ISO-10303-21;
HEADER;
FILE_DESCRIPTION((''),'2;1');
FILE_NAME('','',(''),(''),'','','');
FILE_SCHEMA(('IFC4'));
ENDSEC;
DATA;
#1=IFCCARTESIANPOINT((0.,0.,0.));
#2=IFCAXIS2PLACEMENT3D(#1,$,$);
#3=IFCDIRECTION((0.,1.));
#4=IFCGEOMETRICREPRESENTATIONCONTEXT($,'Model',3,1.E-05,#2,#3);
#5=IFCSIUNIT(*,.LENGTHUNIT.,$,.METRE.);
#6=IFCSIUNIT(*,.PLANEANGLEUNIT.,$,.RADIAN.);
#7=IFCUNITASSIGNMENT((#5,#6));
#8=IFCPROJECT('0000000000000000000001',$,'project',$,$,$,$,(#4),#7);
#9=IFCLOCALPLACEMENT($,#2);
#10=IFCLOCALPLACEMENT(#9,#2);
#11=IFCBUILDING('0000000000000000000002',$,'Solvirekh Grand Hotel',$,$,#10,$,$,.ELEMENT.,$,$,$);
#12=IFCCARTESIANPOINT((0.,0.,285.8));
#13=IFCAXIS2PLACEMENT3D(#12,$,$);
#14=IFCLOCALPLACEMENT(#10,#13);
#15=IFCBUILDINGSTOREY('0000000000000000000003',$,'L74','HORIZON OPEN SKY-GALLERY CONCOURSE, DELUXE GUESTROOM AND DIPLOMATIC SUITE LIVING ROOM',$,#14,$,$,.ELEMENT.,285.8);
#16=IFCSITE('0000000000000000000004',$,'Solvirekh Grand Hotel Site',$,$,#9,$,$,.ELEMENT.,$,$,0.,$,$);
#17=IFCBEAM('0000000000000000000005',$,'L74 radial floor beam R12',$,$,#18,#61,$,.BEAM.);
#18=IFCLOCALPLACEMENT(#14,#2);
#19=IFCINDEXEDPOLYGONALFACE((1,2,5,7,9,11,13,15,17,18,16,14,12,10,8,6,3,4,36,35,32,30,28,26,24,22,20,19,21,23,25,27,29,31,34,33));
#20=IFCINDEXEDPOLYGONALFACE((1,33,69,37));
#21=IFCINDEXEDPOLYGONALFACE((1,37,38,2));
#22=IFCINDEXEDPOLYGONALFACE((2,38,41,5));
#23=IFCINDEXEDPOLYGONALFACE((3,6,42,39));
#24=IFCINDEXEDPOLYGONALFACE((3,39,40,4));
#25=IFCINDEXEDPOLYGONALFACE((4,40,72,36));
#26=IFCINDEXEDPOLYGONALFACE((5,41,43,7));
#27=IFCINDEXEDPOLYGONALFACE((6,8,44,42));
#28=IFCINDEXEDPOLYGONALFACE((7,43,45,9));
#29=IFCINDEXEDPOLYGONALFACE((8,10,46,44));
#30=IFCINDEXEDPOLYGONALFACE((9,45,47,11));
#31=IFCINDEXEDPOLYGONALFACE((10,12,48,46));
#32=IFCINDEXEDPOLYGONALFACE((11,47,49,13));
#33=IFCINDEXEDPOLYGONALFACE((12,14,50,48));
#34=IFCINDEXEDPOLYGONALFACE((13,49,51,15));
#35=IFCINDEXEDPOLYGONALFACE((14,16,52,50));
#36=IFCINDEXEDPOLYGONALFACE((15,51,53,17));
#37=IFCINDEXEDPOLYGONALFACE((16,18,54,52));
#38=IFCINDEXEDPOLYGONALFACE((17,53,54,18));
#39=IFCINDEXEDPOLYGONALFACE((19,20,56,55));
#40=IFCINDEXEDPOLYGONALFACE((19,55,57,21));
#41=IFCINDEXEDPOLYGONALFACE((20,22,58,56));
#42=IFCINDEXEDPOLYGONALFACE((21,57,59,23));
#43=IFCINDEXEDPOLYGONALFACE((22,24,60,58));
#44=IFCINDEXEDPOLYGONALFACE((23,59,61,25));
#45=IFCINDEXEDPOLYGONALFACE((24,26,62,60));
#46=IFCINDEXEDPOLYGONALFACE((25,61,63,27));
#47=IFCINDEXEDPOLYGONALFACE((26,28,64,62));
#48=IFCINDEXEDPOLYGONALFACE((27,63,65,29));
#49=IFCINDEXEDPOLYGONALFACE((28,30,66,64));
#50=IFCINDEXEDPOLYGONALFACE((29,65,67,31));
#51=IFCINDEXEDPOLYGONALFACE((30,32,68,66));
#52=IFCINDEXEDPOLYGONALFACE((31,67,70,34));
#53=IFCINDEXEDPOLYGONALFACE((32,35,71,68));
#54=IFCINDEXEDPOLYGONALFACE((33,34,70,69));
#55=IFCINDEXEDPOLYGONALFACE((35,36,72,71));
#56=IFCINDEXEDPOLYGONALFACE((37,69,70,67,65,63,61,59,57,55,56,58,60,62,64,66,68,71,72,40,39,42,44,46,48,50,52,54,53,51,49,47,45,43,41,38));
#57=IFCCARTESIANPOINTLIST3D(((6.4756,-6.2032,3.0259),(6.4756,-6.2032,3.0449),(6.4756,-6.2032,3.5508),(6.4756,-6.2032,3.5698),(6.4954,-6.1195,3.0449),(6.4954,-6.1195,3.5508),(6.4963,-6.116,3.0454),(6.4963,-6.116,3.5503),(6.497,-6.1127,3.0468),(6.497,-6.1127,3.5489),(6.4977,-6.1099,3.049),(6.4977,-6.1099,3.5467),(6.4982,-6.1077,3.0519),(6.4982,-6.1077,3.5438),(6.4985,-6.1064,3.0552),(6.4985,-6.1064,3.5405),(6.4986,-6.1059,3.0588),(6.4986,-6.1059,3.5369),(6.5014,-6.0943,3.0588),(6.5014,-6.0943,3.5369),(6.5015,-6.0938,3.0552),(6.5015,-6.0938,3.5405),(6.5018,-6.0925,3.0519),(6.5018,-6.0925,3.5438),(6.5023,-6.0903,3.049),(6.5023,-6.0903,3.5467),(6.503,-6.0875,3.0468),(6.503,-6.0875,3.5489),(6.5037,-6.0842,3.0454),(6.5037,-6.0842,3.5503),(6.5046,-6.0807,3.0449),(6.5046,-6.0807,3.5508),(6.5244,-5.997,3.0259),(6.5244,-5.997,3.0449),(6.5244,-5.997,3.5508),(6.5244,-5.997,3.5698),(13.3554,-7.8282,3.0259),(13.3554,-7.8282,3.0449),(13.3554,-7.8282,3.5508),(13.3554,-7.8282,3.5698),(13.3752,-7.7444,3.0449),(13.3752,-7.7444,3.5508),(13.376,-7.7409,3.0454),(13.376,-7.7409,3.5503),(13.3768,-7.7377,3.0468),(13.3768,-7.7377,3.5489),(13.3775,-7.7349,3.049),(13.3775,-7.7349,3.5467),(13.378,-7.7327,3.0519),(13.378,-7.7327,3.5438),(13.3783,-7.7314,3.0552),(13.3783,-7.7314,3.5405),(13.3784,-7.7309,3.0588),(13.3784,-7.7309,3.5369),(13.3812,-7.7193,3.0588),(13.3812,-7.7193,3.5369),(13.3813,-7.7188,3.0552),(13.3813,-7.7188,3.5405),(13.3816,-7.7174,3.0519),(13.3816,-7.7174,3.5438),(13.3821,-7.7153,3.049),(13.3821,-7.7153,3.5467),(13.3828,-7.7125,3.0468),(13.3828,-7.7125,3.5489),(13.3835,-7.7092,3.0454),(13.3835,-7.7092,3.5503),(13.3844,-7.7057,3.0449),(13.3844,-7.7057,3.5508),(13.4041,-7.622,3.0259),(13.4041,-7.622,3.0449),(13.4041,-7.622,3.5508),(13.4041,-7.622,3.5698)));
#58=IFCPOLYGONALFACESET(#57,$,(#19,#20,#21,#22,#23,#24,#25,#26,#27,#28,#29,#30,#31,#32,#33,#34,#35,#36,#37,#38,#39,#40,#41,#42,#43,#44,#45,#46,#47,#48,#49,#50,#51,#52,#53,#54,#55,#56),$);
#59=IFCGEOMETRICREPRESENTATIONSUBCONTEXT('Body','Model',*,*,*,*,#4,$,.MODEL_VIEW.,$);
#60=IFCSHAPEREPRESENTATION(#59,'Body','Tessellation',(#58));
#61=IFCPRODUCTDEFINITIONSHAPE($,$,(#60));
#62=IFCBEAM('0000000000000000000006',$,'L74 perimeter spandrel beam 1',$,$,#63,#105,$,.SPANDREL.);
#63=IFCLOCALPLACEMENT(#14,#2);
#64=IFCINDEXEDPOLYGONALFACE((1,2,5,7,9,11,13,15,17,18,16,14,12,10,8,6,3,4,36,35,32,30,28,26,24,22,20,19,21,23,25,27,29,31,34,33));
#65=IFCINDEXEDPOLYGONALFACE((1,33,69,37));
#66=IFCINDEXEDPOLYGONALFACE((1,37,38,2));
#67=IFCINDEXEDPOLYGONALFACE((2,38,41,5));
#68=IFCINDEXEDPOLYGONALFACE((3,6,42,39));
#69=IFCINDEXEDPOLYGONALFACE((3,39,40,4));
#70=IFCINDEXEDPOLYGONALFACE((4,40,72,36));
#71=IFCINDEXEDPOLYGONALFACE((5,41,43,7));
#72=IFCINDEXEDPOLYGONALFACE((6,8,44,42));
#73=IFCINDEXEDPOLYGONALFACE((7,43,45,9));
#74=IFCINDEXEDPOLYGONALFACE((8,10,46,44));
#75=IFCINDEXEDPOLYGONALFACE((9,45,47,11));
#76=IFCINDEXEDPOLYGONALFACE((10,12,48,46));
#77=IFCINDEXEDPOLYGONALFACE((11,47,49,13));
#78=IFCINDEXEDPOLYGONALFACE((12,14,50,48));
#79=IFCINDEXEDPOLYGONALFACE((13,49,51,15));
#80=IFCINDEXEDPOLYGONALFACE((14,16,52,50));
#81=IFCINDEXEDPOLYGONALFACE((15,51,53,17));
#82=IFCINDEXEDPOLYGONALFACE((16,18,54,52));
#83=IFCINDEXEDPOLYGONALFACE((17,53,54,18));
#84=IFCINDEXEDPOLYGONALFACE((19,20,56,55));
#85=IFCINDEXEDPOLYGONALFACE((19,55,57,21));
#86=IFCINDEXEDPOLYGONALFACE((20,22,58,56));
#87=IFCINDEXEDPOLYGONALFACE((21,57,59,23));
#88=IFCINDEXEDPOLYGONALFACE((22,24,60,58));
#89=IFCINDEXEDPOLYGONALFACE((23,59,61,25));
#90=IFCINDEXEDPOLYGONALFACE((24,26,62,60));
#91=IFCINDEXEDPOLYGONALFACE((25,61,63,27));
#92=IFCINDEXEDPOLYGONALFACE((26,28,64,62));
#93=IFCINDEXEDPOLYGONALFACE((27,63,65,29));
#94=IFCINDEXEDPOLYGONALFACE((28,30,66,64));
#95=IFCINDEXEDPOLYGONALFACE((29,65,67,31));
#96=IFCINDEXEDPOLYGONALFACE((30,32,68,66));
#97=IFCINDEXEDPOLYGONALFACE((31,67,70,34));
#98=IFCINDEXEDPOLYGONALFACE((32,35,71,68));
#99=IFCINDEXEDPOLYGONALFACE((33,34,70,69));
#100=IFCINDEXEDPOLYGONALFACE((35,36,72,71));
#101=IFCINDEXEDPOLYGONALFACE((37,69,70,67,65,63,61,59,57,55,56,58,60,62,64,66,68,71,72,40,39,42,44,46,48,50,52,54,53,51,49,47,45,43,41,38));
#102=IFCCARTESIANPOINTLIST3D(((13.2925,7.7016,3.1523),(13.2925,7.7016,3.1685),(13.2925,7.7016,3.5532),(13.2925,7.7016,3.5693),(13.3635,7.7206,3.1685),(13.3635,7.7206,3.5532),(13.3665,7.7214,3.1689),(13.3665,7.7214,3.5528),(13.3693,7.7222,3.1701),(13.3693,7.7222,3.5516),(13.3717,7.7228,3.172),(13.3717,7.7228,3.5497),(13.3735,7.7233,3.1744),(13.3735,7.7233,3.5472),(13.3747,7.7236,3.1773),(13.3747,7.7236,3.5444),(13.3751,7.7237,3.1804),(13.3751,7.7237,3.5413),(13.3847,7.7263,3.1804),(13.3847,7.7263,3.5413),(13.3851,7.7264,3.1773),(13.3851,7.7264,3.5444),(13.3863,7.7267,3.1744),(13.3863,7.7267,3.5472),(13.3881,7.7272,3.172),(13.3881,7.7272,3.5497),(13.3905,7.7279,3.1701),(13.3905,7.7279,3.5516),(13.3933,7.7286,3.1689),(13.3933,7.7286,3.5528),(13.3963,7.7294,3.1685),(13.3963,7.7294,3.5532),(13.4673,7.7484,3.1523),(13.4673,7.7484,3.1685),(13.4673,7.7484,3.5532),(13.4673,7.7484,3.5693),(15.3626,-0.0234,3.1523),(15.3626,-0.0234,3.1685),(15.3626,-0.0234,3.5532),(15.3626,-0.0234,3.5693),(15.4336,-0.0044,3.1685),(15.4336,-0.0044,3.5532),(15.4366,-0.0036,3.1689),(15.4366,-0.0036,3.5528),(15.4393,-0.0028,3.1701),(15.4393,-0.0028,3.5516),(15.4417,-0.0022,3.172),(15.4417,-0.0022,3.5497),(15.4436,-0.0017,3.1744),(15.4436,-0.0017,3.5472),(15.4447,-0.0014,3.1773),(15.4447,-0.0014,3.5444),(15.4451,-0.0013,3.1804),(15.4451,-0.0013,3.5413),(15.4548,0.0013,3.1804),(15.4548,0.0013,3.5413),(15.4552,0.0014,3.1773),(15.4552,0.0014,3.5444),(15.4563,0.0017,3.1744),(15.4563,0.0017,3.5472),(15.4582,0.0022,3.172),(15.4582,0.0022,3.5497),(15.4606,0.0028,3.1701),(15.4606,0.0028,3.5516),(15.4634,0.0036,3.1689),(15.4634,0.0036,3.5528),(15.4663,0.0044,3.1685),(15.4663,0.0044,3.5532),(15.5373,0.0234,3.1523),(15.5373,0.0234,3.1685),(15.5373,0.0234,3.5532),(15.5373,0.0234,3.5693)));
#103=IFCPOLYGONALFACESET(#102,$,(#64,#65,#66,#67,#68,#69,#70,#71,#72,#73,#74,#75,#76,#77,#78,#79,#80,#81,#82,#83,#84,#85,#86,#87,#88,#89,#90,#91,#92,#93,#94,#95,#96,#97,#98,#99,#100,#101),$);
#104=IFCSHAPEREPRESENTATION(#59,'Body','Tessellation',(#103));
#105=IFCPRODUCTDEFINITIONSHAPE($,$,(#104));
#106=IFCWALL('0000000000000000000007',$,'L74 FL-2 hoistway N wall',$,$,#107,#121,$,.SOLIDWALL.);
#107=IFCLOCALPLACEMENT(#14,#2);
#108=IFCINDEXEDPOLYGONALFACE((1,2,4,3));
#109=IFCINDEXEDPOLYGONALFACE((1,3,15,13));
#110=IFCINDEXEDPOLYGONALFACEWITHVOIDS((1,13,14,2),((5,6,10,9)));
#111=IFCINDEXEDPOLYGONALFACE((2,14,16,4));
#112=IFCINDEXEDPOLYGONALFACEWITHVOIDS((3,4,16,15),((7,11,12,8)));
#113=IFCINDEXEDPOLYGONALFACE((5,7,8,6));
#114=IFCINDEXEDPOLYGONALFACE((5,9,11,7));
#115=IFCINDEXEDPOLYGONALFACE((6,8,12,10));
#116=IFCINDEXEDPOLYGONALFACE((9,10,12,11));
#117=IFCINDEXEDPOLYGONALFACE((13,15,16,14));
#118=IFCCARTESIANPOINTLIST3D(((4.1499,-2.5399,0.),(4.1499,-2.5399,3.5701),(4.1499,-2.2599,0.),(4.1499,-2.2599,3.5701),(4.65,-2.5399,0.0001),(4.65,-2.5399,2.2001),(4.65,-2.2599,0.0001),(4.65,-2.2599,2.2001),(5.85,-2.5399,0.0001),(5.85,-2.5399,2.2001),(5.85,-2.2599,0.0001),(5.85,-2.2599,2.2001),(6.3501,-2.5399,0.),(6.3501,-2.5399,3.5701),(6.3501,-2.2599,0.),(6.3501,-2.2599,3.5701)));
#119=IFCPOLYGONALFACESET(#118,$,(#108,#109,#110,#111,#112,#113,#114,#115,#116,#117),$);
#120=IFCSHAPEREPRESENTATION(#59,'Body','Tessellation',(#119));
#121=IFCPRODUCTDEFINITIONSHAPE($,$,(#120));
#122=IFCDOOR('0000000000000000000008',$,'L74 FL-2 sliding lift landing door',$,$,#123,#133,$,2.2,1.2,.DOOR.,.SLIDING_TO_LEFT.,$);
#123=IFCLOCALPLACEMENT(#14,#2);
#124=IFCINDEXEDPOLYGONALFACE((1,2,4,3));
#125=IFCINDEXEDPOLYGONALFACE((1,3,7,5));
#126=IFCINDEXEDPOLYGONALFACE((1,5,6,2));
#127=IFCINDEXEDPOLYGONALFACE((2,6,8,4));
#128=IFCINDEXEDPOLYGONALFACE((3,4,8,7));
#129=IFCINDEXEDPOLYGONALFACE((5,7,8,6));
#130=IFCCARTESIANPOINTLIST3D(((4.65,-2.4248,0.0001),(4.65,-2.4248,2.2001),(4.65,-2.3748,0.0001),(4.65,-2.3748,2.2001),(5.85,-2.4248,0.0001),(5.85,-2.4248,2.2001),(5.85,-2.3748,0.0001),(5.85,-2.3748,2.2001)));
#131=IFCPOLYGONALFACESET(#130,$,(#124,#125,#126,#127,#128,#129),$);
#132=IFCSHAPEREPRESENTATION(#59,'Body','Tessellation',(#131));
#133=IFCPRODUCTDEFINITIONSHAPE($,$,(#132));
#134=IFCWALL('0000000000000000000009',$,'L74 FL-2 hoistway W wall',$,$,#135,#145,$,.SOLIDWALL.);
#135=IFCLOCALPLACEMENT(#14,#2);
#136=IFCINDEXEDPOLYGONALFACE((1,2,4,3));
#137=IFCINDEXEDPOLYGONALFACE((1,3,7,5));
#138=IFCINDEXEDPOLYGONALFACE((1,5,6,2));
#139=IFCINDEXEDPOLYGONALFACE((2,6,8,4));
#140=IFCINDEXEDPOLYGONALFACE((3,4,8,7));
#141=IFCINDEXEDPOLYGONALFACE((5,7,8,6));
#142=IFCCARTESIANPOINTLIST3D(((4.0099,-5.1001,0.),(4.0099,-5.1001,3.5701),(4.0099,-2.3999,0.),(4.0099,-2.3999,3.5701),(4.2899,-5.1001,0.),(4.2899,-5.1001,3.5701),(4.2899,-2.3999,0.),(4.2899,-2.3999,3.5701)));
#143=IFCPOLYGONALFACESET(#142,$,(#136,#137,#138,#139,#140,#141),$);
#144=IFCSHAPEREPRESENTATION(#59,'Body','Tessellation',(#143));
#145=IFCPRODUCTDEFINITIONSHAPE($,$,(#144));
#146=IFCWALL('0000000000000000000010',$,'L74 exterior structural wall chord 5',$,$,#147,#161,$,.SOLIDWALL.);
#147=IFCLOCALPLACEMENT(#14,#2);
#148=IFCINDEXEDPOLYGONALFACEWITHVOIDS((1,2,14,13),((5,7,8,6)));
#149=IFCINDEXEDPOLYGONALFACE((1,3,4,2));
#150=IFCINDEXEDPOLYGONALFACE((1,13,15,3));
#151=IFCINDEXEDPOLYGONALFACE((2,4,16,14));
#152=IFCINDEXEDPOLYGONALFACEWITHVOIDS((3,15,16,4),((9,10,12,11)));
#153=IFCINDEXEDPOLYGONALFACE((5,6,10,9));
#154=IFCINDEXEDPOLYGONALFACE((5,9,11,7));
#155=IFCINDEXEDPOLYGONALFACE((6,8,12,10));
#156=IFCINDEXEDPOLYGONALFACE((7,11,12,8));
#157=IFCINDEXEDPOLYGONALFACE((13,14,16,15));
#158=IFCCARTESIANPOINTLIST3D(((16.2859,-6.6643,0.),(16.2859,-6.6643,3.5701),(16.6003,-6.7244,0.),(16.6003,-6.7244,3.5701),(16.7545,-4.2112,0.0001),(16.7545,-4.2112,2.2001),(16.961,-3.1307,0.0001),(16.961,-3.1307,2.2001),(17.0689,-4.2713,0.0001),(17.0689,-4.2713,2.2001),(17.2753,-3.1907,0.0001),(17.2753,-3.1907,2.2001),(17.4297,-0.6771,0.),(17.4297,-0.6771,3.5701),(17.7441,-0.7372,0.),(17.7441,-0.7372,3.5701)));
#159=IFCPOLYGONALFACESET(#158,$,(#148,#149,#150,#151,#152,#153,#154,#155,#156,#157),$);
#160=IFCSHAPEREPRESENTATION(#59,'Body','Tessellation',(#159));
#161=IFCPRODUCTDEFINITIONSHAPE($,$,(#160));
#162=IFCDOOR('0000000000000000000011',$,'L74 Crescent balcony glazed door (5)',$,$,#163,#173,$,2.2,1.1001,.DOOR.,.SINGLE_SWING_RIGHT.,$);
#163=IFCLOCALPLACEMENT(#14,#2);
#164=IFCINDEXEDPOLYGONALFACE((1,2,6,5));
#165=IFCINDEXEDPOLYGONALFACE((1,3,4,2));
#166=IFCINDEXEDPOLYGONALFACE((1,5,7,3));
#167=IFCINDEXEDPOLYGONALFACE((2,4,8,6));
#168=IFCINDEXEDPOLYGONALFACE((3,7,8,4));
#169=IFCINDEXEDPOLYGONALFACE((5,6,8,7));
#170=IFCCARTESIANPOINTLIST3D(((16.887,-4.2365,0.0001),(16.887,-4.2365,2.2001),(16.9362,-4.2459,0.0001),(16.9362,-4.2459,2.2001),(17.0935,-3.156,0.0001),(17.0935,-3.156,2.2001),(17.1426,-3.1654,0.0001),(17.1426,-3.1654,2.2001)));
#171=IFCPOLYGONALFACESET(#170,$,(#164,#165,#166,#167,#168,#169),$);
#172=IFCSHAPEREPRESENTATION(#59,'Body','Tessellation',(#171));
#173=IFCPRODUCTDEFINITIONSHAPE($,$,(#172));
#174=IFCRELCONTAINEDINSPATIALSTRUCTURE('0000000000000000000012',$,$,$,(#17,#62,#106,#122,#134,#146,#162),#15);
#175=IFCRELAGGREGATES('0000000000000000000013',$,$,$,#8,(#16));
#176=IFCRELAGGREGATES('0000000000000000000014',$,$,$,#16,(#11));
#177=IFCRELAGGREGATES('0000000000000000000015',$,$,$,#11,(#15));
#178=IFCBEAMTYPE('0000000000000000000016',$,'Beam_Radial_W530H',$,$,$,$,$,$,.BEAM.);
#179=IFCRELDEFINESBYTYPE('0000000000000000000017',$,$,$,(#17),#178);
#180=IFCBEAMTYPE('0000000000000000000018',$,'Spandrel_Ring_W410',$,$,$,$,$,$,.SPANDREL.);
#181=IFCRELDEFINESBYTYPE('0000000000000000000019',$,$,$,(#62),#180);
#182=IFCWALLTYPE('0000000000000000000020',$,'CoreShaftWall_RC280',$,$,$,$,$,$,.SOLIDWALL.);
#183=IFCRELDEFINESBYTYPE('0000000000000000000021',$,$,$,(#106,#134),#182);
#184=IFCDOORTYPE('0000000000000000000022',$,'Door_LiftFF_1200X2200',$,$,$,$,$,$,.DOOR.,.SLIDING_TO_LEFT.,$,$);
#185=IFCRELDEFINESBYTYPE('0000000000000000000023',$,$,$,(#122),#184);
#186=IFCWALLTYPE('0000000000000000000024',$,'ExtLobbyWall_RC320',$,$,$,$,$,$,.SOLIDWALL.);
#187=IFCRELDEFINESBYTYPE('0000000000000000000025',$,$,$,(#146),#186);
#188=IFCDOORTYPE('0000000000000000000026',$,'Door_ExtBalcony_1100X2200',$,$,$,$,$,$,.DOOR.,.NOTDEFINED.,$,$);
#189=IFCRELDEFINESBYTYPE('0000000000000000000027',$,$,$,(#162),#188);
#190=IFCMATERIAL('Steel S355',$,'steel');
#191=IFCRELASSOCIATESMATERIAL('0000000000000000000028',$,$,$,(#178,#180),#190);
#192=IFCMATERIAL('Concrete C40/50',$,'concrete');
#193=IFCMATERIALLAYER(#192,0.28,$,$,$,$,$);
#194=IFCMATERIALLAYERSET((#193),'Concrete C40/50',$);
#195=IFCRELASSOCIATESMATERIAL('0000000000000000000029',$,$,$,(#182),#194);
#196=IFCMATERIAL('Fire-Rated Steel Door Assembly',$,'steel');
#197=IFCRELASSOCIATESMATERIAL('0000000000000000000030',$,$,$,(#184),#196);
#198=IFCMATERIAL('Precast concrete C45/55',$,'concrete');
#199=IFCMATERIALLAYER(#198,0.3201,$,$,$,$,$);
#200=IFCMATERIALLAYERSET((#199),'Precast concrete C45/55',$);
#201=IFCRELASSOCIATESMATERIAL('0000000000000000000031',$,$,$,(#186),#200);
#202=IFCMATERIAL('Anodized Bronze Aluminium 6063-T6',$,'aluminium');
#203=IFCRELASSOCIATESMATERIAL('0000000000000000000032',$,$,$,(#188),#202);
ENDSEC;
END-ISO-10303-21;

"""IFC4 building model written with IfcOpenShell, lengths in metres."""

from ifc_helpers import new_model, si_unit, direction, frame, frame_2d, origin, origin_2d, place, context, subcontext, project, spatial, rectangle, i_section, extrude, material, layer, layer_set, material_profile, profile_set, type_object, element, fill, save


model = new_model("IFC4")

# Units and contexts
model_context = context("Model", 3, precision=1e-05, world=origin(), true_north=direction((0.0, 1.0)))
body_context = subcontext(model_context, "Body", "Model", "MODEL_VIEW")
ifc_project = project(units=[si_unit("LENGTHUNIT", "METRE"), si_unit("PLANEANGLEUNIT", "RADIAN")], contexts=[model_context])

# Site, building, storey
site_placement = place(None, origin())
site = spatial("IfcSite", under=ifc_project, at=site_placement, Name="Solvirekh Grand Hotel Site", CompositionType="ELEMENT", RefElevation=0.0)
building_placement = place(site_placement, origin())
building = spatial("IfcBuilding", under=site, at=building_placement, Name="Solvirekh Grand Hotel", CompositionType="ELEMENT")
storey_placement = place(building_placement, frame((0.0, 0.0, 285.8)))
storey = spatial("IfcBuildingStorey", under=building, at=storey_placement, Name="L74", Description="HORIZON OPEN SKY-GALLERY CONCOURSE, DELUXE GUESTROOM AND DIPLOMATIC SUITE LIVING ROOM", CompositionType="ELEMENT", Elevation=285.8)

# Beams
ifc_material_1 = material(Name="Steel S355", Category="steel")
ifc_material_profile_1 = material_profile(ifc_material_1, i_section(OverallWidth=0.2119, OverallDepth=0.5439, WebThickness=0.012, FlangeThickness=0.019, FilletRadius=0.0139, at=origin_2d()), Name="W530X123")
ifc_profile_set_1 = profile_set([ifc_material_profile_1], Name="Steel S355")
beam_type_1 = type_object("IfcBeamType", Name="Beam_Radial_W530H", PredefinedType="BEAM", material=ifc_profile_set_1)
beam_1_placement = place(storey_placement, frame((6.5, -6.1001, 3.2979), z_axis=(0.973221, -0.229871, 0.0), x_axis=(0.229871, 0.973221, 0.0)))
element("IfcBeam", 1, at=beam_1_placement, inside=storey, type_object=beam_type_1, Name="L74 radial floor beam R12", PredefinedType="BEAM", context=body_context, shape_type="SweptSolid", body=[
    extrude(i_section(OverallWidth=0.2119, OverallDepth=0.5439, WebThickness=0.012, FlangeThickness=0.019, FilletRadius=0.0139, at=origin_2d()), origin(), (0.0, 0.0, 1.0), 7.0691),
])
ifc_material_profile_2 = material_profile(ifc_material_1, i_section(OverallWidth=0.1809, OverallDepth=0.417, WebThickness=0.01, FlangeThickness=0.0161, FilletRadius=0.012, at=origin_2d()), Name="W410X85")
ifc_profile_set_2 = profile_set([ifc_material_profile_2], Name="Steel S355")
beam_type_2 = type_object("IfcBeamType", Name="Spandrel_Ring_W410", PredefinedType="SPANDREL", material=ifc_profile_set_2)
beam_2_placement = place(storey_placement, frame((15.45, 0.0, 3.3608), z_axis=(-0.258835, 0.965922, 0.0), x_axis=(-0.965922, -0.258835, 0.0)))
element("IfcBeam", 2, at=beam_2_placement, inside=storey, type_object=beam_type_2, Name="L74 perimeter spandrel beam 1", PredefinedType="SPANDREL", context=body_context, shape_type="SweptSolid", body=[
    extrude(i_section(OverallWidth=0.1809, OverallDepth=0.417, WebThickness=0.01, FlangeThickness=0.0161, FilletRadius=0.012, at=origin_2d()), origin(), (0.0, 0.0, 1.0), 7.9976),
])

# Wall, opening, door
ifc_material_2 = material(Name="Concrete C40/50", Category="concrete")
ifc_layer_1 = layer(ifc_material_2, 0.28)
ifc_layer_set_1 = layer_set([ifc_layer_1], Name="Concrete C40/50")
wall_type_1 = type_object("IfcWallType", Name="CoreShaftWall_RC280", PredefinedType="SOLIDWALL", material=ifc_layer_set_1)
wall_1_placement = place(storey_placement, frame((6.3501, -2.3999, 0.0), z_axis=(0.0, 0.0, 1.0), x_axis=(-1.0, 0.0, 0.0)))
wall_1 = element("IfcWall", 3, at=wall_1_placement, inside=storey, type_object=wall_type_1, Name="L74 FL-2 hoistway N wall", PredefinedType="SOLIDWALL", context=body_context, shape_type="SweptSolid", body=[
    extrude(rectangle(XDim=2.2002, YDim=0.28, at=frame_2d((1.1001, 0.0))), origin(), (0.0, 0.0, 1.0), 3.5701),
])
opening_1_placement = place(wall_1_placement, frame((0.5, 0.0, 0.0)))
opening_1 = element("IfcOpeningElement", 4, at=opening_1_placement, cuts=wall_1, PredefinedType="OPENING", context=body_context, shape_type="SweptSolid", body=[
    extrude(rectangle(XDim=1.2, YDim=2.2, at=frame_2d((0.6001, 1.1001))), frame((0.0, 0.1499, 0.0), z_axis=(0.0, -1.0, 0.0), x_axis=(1.0, 0.0, 0.0)), (0.0, 0.0, 1.0), 0.3),
])
ifc_material_3 = material(Name="Fire-Rated Steel Door Assembly", Category="steel")
door_type_1 = type_object("IfcDoorType", Name="Door_LiftFF_1200X2200", OperationType="SLIDING_TO_LEFT", PredefinedType="DOOR", material=ifc_material_3)
door_1_placement = place(opening_1_placement, origin())
door_1 = element("IfcDoor", 5, at=door_1_placement, inside=storey, type_object=door_type_1, Name="L74 FL-2 sliding lift landing door", OperationType="SLIDING_TO_LEFT", OverallHeight=2.2, OverallWidth=1.2, PredefinedType="DOOR", context=body_context, shape_type="SweptSolid", body=[
    extrude(rectangle(XDim=1.2, YDim=2.2, at=frame_2d((0.6001, 1.1001))), frame((0.0, 0.0249, 0.0), z_axis=(0.0, -1.0, 0.0), x_axis=(1.0, 0.0, 0.0)), (0.0, 0.0, 1.0), 0.05),
])
fill(opening_1, door_1)

# Wall
wall_2_placement = place(storey_placement, frame((4.1499, -2.3999, 0.0), z_axis=(0.0, 0.0, 1.0), x_axis=(0.0, -1.0, 0.0)))
element("IfcWall", 6, at=wall_2_placement, inside=storey, type_object=wall_type_1, Name="L74 FL-2 hoistway W wall", PredefinedType="SOLIDWALL", context=body_context, shape_type="SweptSolid", body=[
    extrude(rectangle(XDim=2.7002, YDim=0.28, at=frame_2d((1.3501, 0.0))), origin(), (0.0, 0.0, 1.0), 3.5701),
])

# Wall, opening, door
ifc_material_4 = material(Name="Precast concrete C45/55", Category="concrete")
ifc_layer_2 = layer(ifc_material_4, 0.3201)
ifc_layer_set_2 = layer_set([ifc_layer_2], Name="Precast concrete C45/55")
wall_type_2 = type_object("IfcWallType", Name="ExtLobbyWall_RC320", PredefinedType="SOLIDWALL", material=ifc_layer_set_2)
wall_3_placement = place(storey_placement, frame((17.5869, -0.707, 0.0), z_axis=(0.0, 0.0, 1.0), x_axis=(-0.187651, -0.982236, 0.0)))
wall_3 = element("IfcWall", 7, at=wall_3_placement, inside=storey, type_object=wall_type_2, Name="L74 exterior structural wall chord 5", PredefinedType="SOLIDWALL", context=body_context, shape_type="SweptSolid", body=[
    extrude(rectangle(XDim=6.0955, YDim=0.3201, at=frame_2d((3.0479, 0.0))), origin(), (0.0, 0.0, 1.0), 3.5701),
])
opening_2_placement = place(wall_3_placement, frame((2.498, 0.0, 0.0)))
opening_2 = element("IfcOpeningElement", 8, at=opening_2_placement, cuts=wall_3, PredefinedType="OPENING", context=body_context, shape_type="SweptSolid", body=[
    extrude(rectangle(XDim=1.1001, YDim=2.2, at=frame_2d((0.55, 1.1001))), frame((0.0, 0.1699, 0.0), z_axis=(0.0, -1.0, 0.0), x_axis=(1.0, 0.0, 0.0)), (0.0, 0.0, 1.0), 0.3401),
])
ifc_material_5 = material(Name="Anodized Bronze Aluminium 6063-T6", Category="aluminium")
door_type_2 = type_object("IfcDoorType", Name="Door_ExtBalcony_1100X2200", OperationType="NOTDEFINED", PredefinedType="DOOR", material=ifc_material_5)
door_2_placement = place(opening_2_placement, origin())
door_2 = element("IfcDoor", 9, at=door_2_placement, inside=storey, type_object=door_type_2, Name="L74 Crescent balcony glazed door (5)", OperationType="SINGLE_SWING_RIGHT", OverallHeight=2.2, OverallWidth=1.1001, PredefinedType="DOOR", context=body_context, shape_type="SweptSolid", body=[
    extrude(rectangle(XDim=1.1001, YDim=2.2, at=frame_2d((0.55, 1.1001))), frame((0.0, 0.0249, 0.0), z_axis=(0.0, -1.0, 0.0), x_axis=(1.0, 0.0, 0.0)), (0.0, 0.0, 1.0), 0.05),
])
fill(opening_2, door_2)

save(model, "model.ifc")
